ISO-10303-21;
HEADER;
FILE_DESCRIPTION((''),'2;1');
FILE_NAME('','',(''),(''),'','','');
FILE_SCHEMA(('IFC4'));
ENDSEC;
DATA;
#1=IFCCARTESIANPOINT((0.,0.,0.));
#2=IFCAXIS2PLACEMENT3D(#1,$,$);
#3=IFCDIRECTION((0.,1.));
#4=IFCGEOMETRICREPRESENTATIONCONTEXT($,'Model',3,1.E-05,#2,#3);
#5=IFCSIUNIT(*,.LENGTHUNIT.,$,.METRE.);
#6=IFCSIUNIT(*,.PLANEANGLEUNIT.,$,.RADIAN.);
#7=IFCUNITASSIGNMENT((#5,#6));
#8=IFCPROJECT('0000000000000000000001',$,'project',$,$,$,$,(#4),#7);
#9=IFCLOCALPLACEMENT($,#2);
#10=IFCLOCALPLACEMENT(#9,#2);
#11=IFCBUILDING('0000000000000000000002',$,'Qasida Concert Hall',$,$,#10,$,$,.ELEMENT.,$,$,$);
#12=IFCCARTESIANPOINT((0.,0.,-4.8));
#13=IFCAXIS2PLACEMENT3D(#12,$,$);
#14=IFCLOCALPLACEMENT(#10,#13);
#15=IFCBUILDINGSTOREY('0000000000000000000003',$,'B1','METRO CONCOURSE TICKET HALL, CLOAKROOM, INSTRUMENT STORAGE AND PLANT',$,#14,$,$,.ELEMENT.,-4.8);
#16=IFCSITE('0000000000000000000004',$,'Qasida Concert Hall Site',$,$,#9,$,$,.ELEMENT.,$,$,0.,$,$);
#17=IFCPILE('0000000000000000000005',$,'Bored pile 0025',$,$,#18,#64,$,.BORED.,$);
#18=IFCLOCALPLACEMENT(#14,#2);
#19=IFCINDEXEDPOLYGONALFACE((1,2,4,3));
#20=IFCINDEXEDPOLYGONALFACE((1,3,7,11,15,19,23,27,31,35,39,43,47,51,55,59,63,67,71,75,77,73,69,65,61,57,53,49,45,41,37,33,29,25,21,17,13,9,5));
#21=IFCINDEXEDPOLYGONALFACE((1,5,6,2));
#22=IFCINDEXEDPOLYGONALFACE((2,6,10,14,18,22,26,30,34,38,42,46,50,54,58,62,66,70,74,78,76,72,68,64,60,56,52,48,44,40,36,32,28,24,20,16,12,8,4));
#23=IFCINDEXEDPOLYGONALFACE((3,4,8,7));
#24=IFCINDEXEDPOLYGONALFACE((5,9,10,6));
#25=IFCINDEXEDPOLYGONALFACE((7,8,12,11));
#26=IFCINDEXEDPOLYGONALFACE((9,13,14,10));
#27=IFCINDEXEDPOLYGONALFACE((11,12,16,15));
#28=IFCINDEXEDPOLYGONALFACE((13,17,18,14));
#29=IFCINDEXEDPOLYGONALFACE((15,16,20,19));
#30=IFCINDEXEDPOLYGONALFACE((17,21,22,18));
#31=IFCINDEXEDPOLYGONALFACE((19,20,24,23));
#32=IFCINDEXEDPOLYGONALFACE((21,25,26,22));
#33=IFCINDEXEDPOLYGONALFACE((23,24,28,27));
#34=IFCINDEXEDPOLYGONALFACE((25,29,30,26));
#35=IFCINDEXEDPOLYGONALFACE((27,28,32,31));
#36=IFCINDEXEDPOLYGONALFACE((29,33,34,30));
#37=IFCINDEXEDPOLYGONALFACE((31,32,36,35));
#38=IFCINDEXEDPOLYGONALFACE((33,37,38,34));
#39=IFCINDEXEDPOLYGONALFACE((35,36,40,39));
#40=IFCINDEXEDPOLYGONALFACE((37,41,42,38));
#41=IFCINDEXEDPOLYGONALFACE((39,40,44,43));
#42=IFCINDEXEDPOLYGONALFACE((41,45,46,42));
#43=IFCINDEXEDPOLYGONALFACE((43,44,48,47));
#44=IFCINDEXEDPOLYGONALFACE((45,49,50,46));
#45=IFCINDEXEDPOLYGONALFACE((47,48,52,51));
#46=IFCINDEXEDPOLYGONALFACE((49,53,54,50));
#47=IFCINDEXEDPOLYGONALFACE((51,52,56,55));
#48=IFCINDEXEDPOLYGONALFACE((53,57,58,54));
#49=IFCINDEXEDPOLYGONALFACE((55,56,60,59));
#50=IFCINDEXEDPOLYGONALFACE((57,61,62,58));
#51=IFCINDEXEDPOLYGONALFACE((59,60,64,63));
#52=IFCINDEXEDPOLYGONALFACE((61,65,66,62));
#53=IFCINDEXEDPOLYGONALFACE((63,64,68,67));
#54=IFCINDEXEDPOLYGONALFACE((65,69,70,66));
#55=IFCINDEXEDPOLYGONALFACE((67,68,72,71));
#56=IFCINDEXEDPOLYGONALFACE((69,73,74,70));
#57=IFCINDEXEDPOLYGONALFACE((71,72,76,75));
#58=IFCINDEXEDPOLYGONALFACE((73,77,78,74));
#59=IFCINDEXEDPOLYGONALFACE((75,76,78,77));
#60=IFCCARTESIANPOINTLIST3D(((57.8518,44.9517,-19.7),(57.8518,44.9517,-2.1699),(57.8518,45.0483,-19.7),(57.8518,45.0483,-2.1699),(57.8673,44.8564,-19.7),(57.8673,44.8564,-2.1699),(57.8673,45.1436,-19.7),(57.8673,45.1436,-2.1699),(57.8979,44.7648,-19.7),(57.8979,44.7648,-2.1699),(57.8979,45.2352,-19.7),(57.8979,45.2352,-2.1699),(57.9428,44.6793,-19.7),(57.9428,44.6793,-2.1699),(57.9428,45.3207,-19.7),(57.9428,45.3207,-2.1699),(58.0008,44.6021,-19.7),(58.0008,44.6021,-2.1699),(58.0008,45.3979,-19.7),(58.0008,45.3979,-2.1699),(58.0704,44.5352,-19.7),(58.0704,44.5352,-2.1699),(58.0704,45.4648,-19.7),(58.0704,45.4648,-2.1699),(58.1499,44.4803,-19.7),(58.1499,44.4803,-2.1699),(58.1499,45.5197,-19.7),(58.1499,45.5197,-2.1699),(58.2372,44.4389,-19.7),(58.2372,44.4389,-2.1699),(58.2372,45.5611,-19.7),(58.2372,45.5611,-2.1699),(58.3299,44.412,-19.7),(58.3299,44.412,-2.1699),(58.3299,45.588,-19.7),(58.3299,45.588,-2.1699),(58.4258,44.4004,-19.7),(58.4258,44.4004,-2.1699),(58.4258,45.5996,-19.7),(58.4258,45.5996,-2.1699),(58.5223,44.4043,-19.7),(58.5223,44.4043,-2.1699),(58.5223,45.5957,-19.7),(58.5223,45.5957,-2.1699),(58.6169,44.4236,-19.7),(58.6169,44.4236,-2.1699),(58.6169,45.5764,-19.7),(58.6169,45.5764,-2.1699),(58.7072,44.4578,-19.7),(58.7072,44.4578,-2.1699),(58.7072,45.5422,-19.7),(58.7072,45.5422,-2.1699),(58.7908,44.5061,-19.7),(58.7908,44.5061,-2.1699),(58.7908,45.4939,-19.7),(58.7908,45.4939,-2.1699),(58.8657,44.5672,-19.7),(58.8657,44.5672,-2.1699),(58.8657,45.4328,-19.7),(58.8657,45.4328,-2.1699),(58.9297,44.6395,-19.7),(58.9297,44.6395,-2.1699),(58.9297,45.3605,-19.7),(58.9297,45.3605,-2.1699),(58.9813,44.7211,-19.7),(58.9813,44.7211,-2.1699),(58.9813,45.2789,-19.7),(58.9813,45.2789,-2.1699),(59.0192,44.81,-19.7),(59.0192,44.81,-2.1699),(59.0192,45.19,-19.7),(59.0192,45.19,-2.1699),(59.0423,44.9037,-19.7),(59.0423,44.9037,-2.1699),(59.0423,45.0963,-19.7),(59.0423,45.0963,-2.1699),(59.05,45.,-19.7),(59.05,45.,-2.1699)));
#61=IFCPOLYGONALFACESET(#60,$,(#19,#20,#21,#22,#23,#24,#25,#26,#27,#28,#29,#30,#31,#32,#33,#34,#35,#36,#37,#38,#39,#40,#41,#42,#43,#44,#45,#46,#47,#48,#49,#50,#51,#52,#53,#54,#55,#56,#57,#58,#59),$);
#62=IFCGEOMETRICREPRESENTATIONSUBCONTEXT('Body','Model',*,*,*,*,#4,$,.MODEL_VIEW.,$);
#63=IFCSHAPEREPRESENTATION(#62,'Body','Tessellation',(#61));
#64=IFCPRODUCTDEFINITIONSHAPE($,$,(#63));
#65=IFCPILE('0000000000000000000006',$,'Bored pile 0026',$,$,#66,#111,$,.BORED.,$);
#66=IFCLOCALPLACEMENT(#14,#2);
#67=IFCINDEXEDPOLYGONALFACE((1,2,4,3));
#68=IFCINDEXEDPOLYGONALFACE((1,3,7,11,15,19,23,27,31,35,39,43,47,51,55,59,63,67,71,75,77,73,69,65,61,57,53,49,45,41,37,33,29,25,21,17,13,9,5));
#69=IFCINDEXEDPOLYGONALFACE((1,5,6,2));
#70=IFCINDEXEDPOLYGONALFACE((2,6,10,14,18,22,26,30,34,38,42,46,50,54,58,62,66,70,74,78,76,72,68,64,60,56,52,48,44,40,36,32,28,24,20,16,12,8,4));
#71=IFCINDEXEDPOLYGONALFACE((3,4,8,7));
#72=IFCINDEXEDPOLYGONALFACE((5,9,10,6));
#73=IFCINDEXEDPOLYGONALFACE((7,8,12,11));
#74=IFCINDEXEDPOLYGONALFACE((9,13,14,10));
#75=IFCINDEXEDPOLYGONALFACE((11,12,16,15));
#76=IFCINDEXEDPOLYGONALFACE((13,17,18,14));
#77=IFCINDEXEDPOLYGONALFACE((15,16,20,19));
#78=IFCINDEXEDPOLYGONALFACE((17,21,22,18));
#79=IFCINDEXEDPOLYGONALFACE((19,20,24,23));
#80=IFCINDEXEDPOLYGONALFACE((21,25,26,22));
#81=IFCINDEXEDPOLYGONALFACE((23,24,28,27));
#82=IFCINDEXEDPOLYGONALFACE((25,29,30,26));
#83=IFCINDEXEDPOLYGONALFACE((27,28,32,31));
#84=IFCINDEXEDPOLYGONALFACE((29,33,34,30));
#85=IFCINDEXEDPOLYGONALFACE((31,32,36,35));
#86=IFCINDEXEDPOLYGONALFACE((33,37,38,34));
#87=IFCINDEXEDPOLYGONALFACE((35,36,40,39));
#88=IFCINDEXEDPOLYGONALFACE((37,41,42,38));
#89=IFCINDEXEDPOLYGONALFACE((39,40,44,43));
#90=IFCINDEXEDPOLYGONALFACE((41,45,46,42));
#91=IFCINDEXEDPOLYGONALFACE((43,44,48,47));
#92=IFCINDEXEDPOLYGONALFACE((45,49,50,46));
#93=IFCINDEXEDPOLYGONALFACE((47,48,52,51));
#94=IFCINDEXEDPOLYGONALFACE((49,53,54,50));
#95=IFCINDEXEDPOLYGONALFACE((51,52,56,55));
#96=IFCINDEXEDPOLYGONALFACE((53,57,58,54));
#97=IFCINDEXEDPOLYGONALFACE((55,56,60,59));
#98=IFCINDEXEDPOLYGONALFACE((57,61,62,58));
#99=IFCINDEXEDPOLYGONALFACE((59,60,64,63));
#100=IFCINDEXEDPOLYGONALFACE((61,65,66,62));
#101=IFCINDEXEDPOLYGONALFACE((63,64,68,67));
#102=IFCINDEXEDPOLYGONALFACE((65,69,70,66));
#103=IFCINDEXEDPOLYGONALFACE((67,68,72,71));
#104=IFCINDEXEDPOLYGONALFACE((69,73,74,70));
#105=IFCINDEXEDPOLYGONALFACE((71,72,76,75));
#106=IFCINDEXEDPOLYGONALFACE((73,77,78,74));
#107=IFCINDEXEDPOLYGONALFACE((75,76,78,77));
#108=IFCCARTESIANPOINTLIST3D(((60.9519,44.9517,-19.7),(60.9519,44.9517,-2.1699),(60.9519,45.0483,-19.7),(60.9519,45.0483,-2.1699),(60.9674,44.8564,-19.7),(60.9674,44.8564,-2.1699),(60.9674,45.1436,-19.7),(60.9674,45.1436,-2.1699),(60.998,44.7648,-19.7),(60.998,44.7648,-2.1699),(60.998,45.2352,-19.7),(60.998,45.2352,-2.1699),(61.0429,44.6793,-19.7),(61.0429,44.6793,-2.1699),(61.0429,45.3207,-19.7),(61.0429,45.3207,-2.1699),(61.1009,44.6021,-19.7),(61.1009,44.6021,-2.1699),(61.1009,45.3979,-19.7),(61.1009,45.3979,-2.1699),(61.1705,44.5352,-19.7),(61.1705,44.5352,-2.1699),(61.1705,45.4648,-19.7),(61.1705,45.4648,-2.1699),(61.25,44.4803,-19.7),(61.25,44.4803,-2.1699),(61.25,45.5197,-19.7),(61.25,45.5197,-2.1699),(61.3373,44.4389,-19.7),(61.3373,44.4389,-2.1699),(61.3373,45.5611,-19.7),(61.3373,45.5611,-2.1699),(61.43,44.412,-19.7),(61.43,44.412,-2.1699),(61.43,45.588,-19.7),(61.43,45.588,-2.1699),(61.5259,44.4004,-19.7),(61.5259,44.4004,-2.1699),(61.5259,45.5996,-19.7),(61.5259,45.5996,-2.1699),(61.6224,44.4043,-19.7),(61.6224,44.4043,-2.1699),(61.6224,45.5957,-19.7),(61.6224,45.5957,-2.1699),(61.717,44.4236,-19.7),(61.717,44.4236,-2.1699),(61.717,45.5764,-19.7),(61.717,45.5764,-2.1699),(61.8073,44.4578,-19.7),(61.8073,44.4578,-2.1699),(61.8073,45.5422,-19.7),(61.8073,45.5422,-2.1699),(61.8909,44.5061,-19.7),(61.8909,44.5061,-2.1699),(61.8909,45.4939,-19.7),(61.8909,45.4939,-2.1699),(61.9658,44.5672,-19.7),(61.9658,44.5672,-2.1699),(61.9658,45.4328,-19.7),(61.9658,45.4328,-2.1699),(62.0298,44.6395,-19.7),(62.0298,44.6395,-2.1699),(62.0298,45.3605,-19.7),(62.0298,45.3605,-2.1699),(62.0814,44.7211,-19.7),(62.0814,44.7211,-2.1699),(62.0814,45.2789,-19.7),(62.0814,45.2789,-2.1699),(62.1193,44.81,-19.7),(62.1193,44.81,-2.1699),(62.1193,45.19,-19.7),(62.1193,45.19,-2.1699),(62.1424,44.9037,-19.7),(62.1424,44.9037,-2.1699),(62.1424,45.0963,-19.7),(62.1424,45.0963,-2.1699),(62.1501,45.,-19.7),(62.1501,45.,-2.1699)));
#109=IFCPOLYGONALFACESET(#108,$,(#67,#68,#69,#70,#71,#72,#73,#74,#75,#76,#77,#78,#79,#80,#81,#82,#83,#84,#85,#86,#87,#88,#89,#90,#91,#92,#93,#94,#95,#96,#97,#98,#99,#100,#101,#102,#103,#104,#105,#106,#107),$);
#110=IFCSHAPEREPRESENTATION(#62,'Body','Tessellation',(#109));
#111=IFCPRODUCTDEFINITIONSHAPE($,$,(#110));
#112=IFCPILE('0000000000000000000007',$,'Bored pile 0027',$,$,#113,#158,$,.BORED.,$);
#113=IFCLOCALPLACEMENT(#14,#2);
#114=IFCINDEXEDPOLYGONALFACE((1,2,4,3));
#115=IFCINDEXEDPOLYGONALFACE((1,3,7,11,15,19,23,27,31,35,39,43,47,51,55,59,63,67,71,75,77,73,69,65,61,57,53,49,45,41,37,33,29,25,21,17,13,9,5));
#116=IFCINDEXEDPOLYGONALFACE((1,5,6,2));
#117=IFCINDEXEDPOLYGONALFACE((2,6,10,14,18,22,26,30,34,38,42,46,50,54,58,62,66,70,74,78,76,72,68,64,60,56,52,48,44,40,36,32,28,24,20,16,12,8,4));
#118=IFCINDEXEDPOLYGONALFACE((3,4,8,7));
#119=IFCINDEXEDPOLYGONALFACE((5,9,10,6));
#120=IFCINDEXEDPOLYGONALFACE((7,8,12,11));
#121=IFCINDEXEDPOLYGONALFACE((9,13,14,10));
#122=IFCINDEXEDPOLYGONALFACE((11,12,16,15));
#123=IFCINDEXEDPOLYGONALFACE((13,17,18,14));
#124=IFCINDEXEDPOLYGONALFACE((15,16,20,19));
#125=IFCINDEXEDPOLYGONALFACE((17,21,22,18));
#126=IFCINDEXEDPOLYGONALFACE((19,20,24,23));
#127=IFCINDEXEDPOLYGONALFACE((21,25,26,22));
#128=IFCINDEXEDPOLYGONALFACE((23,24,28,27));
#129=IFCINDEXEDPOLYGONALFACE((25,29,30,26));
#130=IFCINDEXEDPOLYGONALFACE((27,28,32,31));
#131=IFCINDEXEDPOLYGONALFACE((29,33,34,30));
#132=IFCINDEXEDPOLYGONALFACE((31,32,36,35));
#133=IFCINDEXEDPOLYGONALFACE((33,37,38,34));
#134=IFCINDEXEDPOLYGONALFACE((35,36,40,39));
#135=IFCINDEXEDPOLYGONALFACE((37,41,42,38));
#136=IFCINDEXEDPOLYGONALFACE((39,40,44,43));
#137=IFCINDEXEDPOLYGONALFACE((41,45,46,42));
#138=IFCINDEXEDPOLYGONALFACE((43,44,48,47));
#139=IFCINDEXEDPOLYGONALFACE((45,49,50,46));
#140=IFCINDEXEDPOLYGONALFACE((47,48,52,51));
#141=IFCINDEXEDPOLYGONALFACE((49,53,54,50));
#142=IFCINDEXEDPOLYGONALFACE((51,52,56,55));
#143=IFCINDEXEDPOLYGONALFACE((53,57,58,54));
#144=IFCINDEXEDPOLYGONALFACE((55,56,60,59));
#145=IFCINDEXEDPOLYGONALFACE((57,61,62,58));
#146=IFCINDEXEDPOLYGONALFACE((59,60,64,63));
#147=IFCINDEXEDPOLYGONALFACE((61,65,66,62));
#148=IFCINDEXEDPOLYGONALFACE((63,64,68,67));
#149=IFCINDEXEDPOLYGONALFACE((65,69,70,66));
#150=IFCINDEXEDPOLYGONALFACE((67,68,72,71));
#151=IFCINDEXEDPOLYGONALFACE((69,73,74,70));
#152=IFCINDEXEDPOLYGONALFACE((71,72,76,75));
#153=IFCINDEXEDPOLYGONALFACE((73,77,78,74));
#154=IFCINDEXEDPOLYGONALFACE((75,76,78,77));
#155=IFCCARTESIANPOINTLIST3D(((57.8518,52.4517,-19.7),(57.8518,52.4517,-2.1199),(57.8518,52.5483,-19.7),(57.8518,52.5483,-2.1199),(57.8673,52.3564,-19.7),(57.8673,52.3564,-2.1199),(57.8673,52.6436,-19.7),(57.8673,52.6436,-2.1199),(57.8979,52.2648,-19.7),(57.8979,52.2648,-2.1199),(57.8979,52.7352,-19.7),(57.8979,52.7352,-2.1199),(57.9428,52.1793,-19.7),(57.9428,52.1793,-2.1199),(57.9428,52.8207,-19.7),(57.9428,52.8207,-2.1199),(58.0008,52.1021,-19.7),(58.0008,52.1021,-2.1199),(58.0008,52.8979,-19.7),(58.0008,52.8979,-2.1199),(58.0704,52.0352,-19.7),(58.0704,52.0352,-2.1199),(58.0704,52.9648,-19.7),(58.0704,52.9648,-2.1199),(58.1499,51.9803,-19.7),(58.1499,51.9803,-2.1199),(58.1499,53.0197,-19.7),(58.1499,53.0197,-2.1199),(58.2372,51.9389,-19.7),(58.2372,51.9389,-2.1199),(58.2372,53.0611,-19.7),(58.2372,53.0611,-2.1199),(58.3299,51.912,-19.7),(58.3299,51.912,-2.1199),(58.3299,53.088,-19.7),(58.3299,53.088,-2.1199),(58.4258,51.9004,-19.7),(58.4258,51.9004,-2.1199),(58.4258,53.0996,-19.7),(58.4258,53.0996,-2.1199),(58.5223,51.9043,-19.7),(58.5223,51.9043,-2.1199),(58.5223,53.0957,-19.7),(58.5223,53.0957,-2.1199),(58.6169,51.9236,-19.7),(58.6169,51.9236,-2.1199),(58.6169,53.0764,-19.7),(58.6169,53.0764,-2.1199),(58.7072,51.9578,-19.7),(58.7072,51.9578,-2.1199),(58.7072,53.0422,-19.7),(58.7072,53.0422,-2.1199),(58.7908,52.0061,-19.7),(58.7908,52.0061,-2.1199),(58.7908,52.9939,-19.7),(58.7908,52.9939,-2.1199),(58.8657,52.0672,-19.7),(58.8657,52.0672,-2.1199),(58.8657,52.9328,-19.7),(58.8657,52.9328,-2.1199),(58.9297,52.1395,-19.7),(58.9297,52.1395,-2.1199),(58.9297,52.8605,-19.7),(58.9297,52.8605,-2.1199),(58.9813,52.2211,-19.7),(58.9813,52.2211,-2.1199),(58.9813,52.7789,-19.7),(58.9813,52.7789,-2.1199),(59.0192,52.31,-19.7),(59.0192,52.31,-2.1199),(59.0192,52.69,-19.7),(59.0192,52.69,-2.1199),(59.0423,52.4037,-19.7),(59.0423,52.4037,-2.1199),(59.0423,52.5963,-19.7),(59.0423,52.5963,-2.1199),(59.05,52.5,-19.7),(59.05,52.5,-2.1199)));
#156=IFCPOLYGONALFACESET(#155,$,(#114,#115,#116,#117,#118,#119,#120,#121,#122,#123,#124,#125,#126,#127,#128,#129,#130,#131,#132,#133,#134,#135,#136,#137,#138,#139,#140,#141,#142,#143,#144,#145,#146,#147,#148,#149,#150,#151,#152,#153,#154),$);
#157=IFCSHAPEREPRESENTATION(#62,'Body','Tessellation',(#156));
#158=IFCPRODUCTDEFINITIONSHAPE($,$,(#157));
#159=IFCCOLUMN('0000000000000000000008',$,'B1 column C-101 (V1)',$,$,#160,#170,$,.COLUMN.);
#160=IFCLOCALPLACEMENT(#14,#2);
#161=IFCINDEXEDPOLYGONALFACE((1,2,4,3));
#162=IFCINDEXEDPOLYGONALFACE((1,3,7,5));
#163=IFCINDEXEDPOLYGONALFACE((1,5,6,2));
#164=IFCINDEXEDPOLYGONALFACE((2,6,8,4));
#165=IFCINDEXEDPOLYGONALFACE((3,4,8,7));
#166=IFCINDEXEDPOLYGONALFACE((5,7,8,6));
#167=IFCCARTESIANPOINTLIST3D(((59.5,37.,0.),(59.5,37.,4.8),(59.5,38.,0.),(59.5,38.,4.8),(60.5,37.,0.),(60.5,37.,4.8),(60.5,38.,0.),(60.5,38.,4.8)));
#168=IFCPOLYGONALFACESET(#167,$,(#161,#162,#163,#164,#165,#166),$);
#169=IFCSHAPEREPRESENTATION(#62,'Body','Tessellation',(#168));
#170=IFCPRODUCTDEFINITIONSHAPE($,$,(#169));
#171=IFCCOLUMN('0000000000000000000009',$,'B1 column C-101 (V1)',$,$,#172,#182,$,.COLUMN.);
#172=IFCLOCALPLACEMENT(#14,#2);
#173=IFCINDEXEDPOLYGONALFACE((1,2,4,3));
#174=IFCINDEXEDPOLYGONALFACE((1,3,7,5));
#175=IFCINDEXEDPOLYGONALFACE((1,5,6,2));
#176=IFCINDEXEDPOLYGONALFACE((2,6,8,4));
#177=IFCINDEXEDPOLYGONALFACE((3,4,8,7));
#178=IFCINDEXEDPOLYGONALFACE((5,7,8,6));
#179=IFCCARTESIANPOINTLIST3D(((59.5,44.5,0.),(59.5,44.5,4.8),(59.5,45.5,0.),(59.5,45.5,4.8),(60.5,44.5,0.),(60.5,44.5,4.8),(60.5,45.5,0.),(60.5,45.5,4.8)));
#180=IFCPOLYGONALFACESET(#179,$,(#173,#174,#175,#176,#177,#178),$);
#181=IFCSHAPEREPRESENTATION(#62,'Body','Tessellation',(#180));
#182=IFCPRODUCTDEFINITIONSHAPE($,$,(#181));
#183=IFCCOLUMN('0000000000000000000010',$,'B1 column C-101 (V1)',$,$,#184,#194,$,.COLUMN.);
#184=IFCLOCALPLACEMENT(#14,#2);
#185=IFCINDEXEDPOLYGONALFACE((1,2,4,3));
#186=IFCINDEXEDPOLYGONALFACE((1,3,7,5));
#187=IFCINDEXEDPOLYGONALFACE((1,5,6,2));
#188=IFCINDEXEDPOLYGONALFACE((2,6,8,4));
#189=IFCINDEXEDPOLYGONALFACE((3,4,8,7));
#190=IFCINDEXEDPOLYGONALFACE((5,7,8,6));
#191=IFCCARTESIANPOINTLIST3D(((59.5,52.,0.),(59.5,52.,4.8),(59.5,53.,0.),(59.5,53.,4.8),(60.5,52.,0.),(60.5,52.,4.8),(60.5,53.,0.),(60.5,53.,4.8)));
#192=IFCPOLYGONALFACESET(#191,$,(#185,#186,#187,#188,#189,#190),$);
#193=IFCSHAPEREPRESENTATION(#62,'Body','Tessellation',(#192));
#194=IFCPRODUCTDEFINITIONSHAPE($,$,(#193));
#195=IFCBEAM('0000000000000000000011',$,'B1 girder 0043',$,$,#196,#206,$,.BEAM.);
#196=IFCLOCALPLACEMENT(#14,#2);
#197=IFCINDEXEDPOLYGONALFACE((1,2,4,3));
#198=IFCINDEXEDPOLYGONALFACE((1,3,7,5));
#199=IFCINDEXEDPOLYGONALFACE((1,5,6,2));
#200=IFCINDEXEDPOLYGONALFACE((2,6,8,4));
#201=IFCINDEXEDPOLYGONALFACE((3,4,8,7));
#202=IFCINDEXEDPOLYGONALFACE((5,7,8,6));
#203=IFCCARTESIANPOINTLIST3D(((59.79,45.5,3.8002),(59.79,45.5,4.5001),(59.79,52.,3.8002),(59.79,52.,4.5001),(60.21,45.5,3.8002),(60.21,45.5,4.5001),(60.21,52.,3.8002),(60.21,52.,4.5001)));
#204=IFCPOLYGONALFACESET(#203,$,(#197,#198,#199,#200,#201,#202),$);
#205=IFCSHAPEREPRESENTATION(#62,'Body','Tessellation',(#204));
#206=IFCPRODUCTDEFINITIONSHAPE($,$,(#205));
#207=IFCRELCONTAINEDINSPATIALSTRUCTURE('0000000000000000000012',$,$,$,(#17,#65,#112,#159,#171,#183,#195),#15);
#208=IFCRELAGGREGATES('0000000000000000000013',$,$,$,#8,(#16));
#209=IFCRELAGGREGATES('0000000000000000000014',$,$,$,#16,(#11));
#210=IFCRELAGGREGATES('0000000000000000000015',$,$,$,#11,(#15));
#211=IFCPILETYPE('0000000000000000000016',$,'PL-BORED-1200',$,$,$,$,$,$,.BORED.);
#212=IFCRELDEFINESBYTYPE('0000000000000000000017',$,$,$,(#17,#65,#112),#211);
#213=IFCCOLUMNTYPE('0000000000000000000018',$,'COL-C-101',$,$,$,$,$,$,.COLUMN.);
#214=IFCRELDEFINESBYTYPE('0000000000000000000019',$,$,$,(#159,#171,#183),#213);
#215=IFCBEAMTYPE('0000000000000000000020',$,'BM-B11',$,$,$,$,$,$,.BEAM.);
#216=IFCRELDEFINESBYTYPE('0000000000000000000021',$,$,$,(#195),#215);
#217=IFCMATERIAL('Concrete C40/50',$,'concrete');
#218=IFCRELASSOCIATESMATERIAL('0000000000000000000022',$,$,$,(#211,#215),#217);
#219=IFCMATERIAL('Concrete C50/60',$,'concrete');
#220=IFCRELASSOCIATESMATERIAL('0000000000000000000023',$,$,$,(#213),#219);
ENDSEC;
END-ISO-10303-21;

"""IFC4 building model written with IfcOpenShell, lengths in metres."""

from ifc_helpers import new_model, si_unit, direction, frame, origin, origin_2d, place, context, subcontext, project, spatial, rectangle, circle, extrude, material, material_profile, profile_set, type_object, element, save


model = new_model("IFC4")

# Units and contexts
model_context = context("Model", 3, precision=1e-05, world=origin(), true_north=direction((0.0, 1.0)))
body_context = subcontext(model_context, "Body", "Model", "MODEL_VIEW")
ifc_project = project(units=[si_unit("LENGTHUNIT", "METRE"), si_unit("PLANEANGLEUNIT", "RADIAN")], contexts=[model_context])

# Site, building, storey
site_placement = place(None, origin())
site = spatial("IfcSite", under=ifc_project, at=site_placement, Name="Qasida Concert Hall Site", CompositionType="ELEMENT", RefElevation=0.0)
building_placement = place(site_placement, origin())
building = spatial("IfcBuilding", under=site, at=building_placement, Name="Qasida Concert Hall", CompositionType="ELEMENT")
storey_placement = place(building_placement, frame((0.0, 0.0, -4.8)))
storey = spatial("IfcBuildingStorey", under=building, at=storey_placement, Name="B1", Description="METRO CONCOURSE TICKET HALL, CLOAKROOM, INSTRUMENT STORAGE AND PLANT", CompositionType="ELEMENT", Elevation=-4.8)

# Shared definitions
ifc_material_1 = material(Name="Concrete C40/50", Category="concrete")

# Piles
ifc_material_profile_1 = material_profile(ifc_material_1, circle(Radius=0.6001, at=origin_2d()), Name="BORED PILE D1200")
ifc_profile_set_1 = profile_set([ifc_material_profile_1], Name="Concrete C40/50")
pile_type = type_object("IfcPileType", Name="PL-BORED-1200", PredefinedType="BORED", material=ifc_profile_set_1)
for number, where, z_axis, x_axis, name in (
    (1, (58.45, 45.0, -2.1699), (0.0, 0.0, -1.0), (1.0, 0.0, 0.0), "Bored pile 0025"),
    (2, (61.55, 45.0, -2.1699), (0.0, 0.0, -1.0), (1.0, 0.0, 0.0), "Bored pile 0026"),
):
    element("IfcPile", number, at=place(storey_placement, frame(where, z_axis=z_axis, x_axis=x_axis)), inside=storey, type_object=pile_type, Name=name, PredefinedType="BORED", context=body_context, shape_type="SweptSolid", body=[
        extrude(circle(Radius=0.6001, at=origin_2d()), origin(), (0.0, 0.0, 1.0), 17.53),
    ])
pile_1_placement = place(storey_placement, frame((58.45, 52.5, -2.1199), z_axis=(0.0, 0.0, -1.0), x_axis=(1.0, 0.0, 0.0)))
element("IfcPile", 3, at=pile_1_placement, inside=storey, type_object=pile_type, Name="Bored pile 0027", PredefinedType="BORED", context=body_context, shape_type="SweptSolid", body=[
    extrude(circle(Radius=0.6001, at=origin_2d()), origin(), (0.0, 0.0, 1.0), 17.5801),
])

# Columns
ifc_material_2 = material(Name="Concrete C50/60", Category="concrete")
ifc_material_profile_2 = material_profile(ifc_material_2, rectangle(XDim=1.0, YDim=1.0, at=origin_2d()), Name="RC 1000x1000")
ifc_profile_set_2 = profile_set([ifc_material_profile_2], Name="Concrete C50/60")
column_type = type_object("IfcColumnType", Name="COL-C-101", PredefinedType="COLUMN", material=ifc_profile_set_2)
for number, where, z_axis, x_axis, name in (
    (4, (60.0, 37.5, 0.0), (0.0, 0.0, 1.0), (1.0, 0.0, 0.0), "B1 column C-101 (V1)"),
    (5, (60.0, 45.0, 0.0), (0.0, 0.0, 1.0), (1.0, 0.0, 0.0), "B1 column C-101 (V1)"),
    (6, (60.0, 52.5, 0.0), (0.0, 0.0, 1.0), (1.0, 0.0, 0.0), "B1 column C-101 (V1)"),
):
    element("IfcColumn", number, at=place(storey_placement, frame(where, z_axis=z_axis, x_axis=x_axis)), inside=storey, type_object=column_type, Name=name, PredefinedType="COLUMN", context=body_context, shape_type="SweptSolid", body=[
        extrude(rectangle(XDim=1.0, YDim=1.0, at=origin_2d()), origin(), (0.0, 0.0, 1.0), 4.8),
    ])

# Beam
ifc_material_profile_3 = material_profile(ifc_material_1, rectangle(XDim=0.4199, YDim=0.7, at=origin_2d()), Name="RC 420x700")
ifc_profile_set_3 = profile_set([ifc_material_profile_3], Name="Concrete C40/50")
beam_type_1 = type_object("IfcBeamType", Name="BM-B11", PredefinedType="BEAM", material=ifc_profile_set_3)
beam_1_placement = place(storey_placement, frame((60.0, 45.5, 4.1501), z_axis=(0.0, 1.0, 0.0), x_axis=(-1.0, 0.0, 0.0)))
element("IfcBeam", 7, at=beam_1_placement, inside=storey, type_object=beam_type_1, Name="B1 girder 0043", PredefinedType="BEAM", context=body_context, shape_type="SweptSolid", body=[
    extrude(rectangle(XDim=0.4199, YDim=0.7, at=origin_2d()), origin(), (0.0, 0.0, 1.0), 6.5),
])

save(model, "model.ifc")
